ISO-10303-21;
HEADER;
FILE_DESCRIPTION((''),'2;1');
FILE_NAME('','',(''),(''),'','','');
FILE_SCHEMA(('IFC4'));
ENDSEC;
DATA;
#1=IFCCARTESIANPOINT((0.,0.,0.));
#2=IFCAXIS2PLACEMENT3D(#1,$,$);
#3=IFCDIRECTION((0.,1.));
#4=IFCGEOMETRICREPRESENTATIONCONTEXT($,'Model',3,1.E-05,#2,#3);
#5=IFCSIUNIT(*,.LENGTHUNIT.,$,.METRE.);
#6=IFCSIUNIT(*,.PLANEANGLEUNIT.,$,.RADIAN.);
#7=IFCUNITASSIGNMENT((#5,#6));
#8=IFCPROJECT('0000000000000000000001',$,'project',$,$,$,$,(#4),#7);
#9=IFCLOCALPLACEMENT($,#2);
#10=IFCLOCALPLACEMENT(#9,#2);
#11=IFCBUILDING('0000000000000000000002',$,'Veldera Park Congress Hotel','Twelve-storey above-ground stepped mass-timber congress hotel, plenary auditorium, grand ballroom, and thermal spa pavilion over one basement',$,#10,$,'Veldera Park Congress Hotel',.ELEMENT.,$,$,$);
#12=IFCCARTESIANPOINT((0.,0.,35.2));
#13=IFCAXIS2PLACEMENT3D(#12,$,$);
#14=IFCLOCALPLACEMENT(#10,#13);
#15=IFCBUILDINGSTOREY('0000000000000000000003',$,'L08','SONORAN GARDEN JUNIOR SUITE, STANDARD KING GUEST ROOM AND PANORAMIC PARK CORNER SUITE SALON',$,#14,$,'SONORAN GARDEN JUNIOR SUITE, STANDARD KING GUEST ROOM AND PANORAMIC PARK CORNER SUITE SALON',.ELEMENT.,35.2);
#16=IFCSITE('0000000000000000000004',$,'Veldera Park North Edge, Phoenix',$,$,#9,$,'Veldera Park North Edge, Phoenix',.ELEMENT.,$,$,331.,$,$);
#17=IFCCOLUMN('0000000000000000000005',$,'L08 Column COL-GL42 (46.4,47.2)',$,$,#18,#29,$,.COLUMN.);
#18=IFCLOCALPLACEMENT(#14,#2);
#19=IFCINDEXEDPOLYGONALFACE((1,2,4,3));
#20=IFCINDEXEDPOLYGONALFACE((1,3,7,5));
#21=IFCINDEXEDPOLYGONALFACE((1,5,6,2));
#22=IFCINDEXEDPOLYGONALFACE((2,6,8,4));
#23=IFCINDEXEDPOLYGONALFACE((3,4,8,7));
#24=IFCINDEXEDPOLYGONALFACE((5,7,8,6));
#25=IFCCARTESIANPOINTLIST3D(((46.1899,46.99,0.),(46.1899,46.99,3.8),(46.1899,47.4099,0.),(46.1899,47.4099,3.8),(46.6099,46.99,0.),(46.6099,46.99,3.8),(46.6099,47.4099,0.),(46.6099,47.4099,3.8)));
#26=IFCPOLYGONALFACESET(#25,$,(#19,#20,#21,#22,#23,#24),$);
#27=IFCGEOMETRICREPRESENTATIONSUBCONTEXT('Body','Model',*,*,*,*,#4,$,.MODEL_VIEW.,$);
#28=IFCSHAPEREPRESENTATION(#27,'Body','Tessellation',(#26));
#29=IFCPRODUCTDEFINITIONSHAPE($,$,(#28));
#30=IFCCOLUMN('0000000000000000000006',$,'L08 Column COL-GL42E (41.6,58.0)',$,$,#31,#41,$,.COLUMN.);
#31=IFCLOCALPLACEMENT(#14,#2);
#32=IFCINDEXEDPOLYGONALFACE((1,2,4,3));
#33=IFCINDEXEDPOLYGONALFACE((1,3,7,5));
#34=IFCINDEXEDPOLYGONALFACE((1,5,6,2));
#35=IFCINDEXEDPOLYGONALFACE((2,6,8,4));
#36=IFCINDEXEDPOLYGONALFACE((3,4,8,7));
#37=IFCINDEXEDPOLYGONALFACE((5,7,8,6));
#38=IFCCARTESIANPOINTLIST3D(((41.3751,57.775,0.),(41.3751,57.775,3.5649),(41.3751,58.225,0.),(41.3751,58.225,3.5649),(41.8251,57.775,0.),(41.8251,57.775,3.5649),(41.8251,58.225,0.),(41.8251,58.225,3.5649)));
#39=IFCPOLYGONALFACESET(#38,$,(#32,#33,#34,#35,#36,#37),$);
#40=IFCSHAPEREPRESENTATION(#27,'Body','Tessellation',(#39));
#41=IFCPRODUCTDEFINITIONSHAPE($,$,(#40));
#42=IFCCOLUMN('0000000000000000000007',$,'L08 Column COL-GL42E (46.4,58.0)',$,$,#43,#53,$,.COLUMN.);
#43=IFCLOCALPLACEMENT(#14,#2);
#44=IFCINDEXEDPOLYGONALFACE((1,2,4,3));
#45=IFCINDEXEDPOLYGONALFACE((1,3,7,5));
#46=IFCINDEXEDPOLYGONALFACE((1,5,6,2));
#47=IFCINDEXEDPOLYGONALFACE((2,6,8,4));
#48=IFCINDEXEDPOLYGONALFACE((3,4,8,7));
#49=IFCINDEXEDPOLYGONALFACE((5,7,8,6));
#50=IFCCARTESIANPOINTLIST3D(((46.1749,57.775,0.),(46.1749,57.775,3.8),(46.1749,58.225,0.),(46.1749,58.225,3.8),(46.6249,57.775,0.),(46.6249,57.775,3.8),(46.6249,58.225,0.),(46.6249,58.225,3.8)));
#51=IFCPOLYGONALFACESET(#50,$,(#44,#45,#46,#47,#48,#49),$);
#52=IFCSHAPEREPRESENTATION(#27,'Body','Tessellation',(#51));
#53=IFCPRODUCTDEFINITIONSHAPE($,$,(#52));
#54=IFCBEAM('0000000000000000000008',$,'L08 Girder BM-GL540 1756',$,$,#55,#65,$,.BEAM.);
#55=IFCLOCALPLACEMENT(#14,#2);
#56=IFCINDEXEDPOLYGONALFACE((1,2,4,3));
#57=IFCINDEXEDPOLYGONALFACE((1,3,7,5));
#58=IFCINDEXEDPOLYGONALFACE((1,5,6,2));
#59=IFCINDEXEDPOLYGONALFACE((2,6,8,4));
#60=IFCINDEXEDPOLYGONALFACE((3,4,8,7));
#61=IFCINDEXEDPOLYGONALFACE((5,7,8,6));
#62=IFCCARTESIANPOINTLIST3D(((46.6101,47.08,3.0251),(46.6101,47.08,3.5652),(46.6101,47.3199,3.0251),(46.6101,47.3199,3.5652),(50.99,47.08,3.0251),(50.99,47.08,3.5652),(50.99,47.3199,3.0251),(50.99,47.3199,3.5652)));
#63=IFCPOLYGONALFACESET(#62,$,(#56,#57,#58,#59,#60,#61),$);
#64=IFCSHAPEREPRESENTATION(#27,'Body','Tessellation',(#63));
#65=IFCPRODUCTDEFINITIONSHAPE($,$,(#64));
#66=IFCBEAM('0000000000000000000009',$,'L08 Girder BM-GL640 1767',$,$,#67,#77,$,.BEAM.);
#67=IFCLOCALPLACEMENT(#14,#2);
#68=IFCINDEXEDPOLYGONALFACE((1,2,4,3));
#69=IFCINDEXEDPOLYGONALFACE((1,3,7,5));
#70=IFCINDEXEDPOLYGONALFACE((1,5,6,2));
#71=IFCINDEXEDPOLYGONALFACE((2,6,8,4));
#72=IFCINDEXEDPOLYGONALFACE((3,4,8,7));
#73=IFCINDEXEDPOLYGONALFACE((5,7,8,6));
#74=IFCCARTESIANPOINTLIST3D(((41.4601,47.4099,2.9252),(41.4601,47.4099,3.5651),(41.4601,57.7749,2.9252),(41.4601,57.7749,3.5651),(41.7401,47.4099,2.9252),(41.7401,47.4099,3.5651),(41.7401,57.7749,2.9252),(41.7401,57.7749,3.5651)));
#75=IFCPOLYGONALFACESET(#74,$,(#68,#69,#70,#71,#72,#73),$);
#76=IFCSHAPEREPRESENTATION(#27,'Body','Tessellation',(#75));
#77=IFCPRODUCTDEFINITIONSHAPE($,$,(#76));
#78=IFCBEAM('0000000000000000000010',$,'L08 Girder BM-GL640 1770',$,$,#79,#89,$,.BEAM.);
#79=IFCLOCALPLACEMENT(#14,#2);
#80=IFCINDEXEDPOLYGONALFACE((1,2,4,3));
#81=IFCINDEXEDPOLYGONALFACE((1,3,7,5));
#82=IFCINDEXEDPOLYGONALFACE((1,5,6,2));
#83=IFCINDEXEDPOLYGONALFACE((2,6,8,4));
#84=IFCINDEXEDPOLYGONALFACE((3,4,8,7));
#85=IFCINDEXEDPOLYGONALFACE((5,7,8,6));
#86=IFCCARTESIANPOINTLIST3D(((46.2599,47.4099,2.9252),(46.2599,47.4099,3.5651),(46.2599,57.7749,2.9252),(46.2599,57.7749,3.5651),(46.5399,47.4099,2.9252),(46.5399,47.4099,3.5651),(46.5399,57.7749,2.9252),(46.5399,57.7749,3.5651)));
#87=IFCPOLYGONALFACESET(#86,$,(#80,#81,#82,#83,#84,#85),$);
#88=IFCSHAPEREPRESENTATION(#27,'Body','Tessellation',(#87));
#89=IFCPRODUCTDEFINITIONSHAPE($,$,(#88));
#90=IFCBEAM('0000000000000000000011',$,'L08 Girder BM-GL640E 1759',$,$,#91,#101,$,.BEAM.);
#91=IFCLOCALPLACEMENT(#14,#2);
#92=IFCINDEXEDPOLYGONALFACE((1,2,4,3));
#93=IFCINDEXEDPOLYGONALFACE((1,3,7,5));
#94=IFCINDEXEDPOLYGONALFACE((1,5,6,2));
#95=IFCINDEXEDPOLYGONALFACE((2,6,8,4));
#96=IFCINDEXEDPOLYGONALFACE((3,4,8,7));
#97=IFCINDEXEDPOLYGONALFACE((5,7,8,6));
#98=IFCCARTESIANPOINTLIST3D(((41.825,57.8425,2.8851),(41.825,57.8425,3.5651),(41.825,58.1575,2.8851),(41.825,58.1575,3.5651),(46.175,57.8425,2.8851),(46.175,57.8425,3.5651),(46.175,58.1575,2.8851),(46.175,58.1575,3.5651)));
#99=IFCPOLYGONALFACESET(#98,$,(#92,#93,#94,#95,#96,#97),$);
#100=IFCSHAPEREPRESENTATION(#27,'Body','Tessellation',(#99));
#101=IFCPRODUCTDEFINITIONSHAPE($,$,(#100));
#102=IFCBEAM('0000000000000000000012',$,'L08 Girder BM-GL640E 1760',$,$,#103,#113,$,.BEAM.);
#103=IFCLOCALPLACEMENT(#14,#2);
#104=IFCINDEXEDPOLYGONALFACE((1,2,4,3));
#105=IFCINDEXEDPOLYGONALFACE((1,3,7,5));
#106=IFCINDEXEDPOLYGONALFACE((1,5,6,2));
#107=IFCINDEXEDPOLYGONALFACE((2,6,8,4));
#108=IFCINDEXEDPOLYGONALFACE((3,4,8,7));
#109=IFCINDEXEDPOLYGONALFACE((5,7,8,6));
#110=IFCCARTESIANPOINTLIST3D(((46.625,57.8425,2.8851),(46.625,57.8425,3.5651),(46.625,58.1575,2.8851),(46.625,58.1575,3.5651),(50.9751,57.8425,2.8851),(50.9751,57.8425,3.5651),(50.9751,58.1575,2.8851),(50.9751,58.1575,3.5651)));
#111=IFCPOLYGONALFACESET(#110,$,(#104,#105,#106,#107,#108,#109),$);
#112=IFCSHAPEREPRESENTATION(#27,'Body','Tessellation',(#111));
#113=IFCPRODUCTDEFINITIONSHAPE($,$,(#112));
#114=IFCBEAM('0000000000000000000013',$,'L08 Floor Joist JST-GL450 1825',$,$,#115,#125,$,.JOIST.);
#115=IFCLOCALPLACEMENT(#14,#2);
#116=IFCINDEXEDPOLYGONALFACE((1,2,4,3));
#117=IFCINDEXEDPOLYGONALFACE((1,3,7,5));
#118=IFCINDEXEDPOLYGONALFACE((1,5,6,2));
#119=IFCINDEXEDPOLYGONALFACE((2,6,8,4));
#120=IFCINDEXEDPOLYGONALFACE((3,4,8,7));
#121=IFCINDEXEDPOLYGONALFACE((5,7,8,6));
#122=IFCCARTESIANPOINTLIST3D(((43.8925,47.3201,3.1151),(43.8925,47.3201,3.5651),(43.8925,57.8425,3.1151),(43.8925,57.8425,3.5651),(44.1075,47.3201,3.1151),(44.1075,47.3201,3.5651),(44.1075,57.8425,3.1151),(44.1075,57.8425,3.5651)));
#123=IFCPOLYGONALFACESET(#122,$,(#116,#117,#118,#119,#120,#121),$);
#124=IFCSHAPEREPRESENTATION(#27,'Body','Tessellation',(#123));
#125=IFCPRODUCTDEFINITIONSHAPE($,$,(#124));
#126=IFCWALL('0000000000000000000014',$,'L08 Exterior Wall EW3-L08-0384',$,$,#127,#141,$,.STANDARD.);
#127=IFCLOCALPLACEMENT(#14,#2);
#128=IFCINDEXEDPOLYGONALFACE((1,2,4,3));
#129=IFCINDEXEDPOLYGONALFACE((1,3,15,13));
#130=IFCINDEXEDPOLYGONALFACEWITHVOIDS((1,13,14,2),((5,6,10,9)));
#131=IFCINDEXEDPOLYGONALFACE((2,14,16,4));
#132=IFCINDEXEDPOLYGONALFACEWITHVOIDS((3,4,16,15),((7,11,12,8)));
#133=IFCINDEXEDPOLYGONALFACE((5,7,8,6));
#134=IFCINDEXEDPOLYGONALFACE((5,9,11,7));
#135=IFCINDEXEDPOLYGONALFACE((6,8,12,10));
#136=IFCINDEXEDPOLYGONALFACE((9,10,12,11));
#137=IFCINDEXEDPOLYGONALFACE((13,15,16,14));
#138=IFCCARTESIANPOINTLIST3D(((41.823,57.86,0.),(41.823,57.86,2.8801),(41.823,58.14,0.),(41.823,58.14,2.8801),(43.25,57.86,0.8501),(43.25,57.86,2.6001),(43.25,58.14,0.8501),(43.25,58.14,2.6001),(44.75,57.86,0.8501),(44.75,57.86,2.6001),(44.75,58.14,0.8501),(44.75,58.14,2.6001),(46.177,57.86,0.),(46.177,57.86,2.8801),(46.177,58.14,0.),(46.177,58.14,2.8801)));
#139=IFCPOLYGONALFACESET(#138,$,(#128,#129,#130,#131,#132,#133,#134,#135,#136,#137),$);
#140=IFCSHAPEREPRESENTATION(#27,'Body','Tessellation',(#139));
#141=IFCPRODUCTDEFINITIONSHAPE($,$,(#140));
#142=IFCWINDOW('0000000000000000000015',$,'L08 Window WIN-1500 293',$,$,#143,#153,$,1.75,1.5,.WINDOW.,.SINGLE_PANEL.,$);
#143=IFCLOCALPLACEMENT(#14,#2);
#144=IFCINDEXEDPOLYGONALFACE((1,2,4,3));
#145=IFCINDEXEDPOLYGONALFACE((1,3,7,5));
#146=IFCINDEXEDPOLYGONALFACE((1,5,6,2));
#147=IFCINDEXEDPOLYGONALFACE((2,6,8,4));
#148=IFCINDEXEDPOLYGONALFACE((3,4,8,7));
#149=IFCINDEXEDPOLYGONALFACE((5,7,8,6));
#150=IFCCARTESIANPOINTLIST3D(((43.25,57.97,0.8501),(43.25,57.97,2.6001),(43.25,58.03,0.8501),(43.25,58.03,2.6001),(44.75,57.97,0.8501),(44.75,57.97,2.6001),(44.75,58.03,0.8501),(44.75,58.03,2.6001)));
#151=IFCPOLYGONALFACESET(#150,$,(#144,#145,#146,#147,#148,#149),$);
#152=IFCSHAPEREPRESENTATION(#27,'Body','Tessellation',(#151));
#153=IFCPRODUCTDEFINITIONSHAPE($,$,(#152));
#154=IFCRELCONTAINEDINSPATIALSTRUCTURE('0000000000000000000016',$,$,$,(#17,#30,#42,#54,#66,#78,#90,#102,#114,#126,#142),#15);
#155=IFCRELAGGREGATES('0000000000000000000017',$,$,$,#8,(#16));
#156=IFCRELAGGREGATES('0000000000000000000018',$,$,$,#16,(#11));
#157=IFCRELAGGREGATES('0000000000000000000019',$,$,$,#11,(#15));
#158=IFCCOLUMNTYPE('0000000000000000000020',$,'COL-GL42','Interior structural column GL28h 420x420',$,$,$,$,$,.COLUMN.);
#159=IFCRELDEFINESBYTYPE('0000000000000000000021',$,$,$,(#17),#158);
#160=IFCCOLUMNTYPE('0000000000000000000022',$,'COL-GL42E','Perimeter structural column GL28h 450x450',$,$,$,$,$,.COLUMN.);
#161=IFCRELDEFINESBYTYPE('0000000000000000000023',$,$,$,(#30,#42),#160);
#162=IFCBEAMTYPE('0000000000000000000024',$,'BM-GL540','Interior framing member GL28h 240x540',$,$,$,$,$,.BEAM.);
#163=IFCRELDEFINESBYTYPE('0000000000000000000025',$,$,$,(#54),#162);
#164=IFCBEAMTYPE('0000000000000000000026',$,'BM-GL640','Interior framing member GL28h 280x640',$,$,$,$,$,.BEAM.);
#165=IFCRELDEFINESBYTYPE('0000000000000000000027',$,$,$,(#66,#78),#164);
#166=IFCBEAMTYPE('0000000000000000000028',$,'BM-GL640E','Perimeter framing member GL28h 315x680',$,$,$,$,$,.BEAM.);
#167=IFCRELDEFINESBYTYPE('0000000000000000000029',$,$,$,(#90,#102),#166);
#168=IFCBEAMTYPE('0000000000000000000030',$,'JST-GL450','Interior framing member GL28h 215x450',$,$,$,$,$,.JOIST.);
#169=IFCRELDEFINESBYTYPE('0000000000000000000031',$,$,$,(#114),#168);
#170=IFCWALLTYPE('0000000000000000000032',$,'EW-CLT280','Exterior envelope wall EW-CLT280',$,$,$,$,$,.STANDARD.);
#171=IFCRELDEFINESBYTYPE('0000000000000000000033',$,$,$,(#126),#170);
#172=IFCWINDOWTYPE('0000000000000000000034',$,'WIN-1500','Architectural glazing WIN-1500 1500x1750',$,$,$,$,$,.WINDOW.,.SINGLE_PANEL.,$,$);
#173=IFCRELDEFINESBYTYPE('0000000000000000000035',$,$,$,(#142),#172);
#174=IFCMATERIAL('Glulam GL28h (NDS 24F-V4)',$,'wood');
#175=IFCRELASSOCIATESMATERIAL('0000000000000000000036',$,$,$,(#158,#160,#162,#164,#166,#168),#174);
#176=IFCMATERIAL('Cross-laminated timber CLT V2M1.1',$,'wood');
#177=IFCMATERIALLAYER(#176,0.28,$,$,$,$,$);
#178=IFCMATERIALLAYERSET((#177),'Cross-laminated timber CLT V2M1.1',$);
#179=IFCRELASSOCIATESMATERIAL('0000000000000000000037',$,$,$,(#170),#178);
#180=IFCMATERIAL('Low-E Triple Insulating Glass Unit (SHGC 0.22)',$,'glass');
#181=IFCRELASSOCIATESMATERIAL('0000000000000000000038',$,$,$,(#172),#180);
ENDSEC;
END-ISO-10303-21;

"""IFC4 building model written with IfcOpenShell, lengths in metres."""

from ifc_helpers import new_model, si_unit, direction, frame, frame_2d, origin, origin_2d, place, context, subcontext, project, spatial, rectangle, extrude, material, layer, layer_set, material_profile, profile_set, type_object, element, fill, save


model = new_model("IFC4")

# Units and contexts
model_context = context("Model", 3, precision=1e-05, world=origin(), true_north=direction((0.0, 1.0)))
body_context = subcontext(model_context, "Body", "Model", "MODEL_VIEW")
ifc_project = project(units=[si_unit("LENGTHUNIT", "METRE"), si_unit("PLANEANGLEUNIT", "RADIAN")], contexts=[model_context])

# Site, building, storey
site_placement = place(None, origin())
site = spatial("IfcSite", under=ifc_project, at=site_placement, Name="Veldera Park North Edge, Phoenix", LongName="Veldera Park North Edge, Phoenix", CompositionType="ELEMENT", RefElevation=331.0)
building_placement = place(site_placement, origin())
building = spatial("IfcBuilding", under=site, at=building_placement, Name="Veldera Park Congress Hotel", Description="Twelve-storey above-ground stepped mass-timber congress hotel, plenary auditorium, grand ballroom, and thermal spa pavilion over one basement", LongName="Veldera Park Congress Hotel", CompositionType="ELEMENT")
storey_placement = place(building_placement, frame((0.0, 0.0, 35.2)))
storey = spatial("IfcBuildingStorey", under=building, at=storey_placement, Name="L08", Description="SONORAN GARDEN JUNIOR SUITE, STANDARD KING GUEST ROOM AND PANORAMIC PARK CORNER SUITE SALON", LongName="SONORAN GARDEN JUNIOR SUITE, STANDARD KING GUEST ROOM AND PANORAMIC PARK CORNER SUITE SALON", CompositionType="ELEMENT", Elevation=35.2)

# Columns
ifc_material_1 = material(Name="Glulam GL28h (NDS 24F-V4)", Category="wood")
ifc_material_profile_1 = material_profile(ifc_material_1, rectangle(XDim=0.4199, YDim=0.4199, at=origin_2d()), Name="GL28h 420x420")
ifc_profile_set_1 = profile_set([ifc_material_profile_1], Name="Glulam GL28h (NDS 24F-V4)")
column_type_1 = type_object("IfcColumnType", Name="COL-GL42", Description="Interior structural column GL28h 420x420", PredefinedType="COLUMN", material=ifc_profile_set_1)
column_1_placement = place(storey_placement, frame((46.3999, 47.2, 0.0), z_axis=(0.0, 0.0, 1.0), x_axis=(1.0, 0.0, 0.0)))
element("IfcColumn", 1, at=column_1_placement, inside=storey, type_object=column_type_1, Name="L08 Column COL-GL42 (46.4,47.2)", PredefinedType="COLUMN", context=body_context, shape_type="SweptSolid", body=[
    extrude(rectangle(XDim=0.4199, YDim=0.4199, at=origin_2d()), origin(), (0.0, 0.0, 1.0), 3.8),
])
ifc_material_profile_2 = material_profile(ifc_material_1, rectangle(XDim=0.45, YDim=0.45, at=origin_2d()), Name="GL28h 450x450")
ifc_profile_set_2 = profile_set([ifc_material_profile_2], Name="Glulam GL28h (NDS 24F-V4)")
column_type_2 = type_object("IfcColumnType", Name="COL-GL42E", Description="Perimeter structural column GL28h 450x450", PredefinedType="COLUMN", material=ifc_profile_set_2)
column_2_placement = place(storey_placement, frame((41.6001, 58.0, 0.0), z_axis=(0.0, 0.0, 1.0), x_axis=(1.0, 0.0, 0.0)))
element("IfcColumn", 2, at=column_2_placement, inside=storey, type_object=column_type_2, Name="L08 Column COL-GL42E (41.6,58.0)", PredefinedType="COLUMN", context=body_context, shape_type="SweptSolid", body=[
    extrude(rectangle(XDim=0.45, YDim=0.45, at=origin_2d()), origin(), (0.0, 0.0, 1.0), 3.5649),
])
column_3_placement = place(storey_placement, frame((46.3999, 58.0, 0.0), z_axis=(0.0, 0.0, 1.0), x_axis=(1.0, 0.0, 0.0)))
element("IfcColumn", 3, at=column_3_placement, inside=storey, type_object=column_type_2, Name="L08 Column COL-GL42E (46.4,58.0)", PredefinedType="COLUMN", context=body_context, shape_type="SweptSolid", body=[
    extrude(rectangle(XDim=0.45, YDim=0.45, at=origin_2d()), origin(), (0.0, 0.0, 1.0), 3.8),
])

# Beams
ifc_material_profile_3 = material_profile(ifc_material_1, rectangle(XDim=0.24, YDim=0.54, at=origin_2d()), Name="GL28h 240x540")
ifc_profile_set_3 = profile_set([ifc_material_profile_3], Name="Glulam GL28h (NDS 24F-V4)")
beam_type_1 = type_object("IfcBeamType", Name="BM-GL540", Description="Interior framing member GL28h 240x540", PredefinedType="BEAM", material=ifc_profile_set_3)
beam_1_placement = place(storey_placement, frame((46.6101, 47.2, 3.2952), z_axis=(1.0, 0.0, 0.0), x_axis=(0.0, 1.0, 0.0)))
element("IfcBeam", 4, at=beam_1_placement, inside=storey, type_object=beam_type_1, Name="L08 Girder BM-GL540 1756", PredefinedType="BEAM", context=body_context, shape_type="SweptSolid", body=[
    extrude(rectangle(XDim=0.24, YDim=0.54, at=origin_2d()), origin(), (0.0, 0.0, 1.0), 4.3799),
])
ifc_material_profile_4 = material_profile(ifc_material_1, rectangle(XDim=0.28, YDim=0.6399, at=origin_2d()), Name="GL28h 280x640")
ifc_profile_set_4 = profile_set([ifc_material_profile_4], Name="Glulam GL28h (NDS 24F-V4)")
beam_type_2 = type_object("IfcBeamType", Name="BM-GL640", Description="Interior framing member GL28h 280x640", PredefinedType="BEAM", material=ifc_profile_set_4)
for number, where, z_axis, x_axis, name in (
    (5, (41.6001, 47.4099, 3.2451), (0.0, 1.0, 0.0), (-1.0, 0.0, 0.0), "L08 Girder BM-GL640 1767"),
    (6, (46.3999, 47.4099, 3.2451), (0.0, 1.0, 0.0), (-1.0, 0.0, 0.0), "L08 Girder BM-GL640 1770"),
):
    element("IfcBeam", number, at=place(storey_placement, frame(where, z_axis=z_axis, x_axis=x_axis)), inside=storey, type_object=beam_type_2, Name=name, PredefinedType="BEAM", context=body_context, shape_type="SweptSolid", body=[
        extrude(rectangle(XDim=0.28, YDim=0.6399, at=origin_2d()), origin(), (0.0, 0.0, 1.0), 10.365),
    ])
ifc_material_profile_5 = material_profile(ifc_material_1, rectangle(XDim=0.3149, YDim=0.6799, at=origin_2d()), Name="GL28h 315x680")
ifc_profile_set_5 = profile_set([ifc_material_profile_5], Name="Glulam GL28h (NDS 24F-V4)")
beam_type_3 = type_object("IfcBeamType", Name="BM-GL640E", Description="Perimeter framing member GL28h 315x680", PredefinedType="BEAM", material=ifc_profile_set_5)
for number, where, z_axis, x_axis, name in (
    (7, (41.825, 58.0, 3.2251), (1.0, 0.0, 0.0), (0.0, 1.0, 0.0), "L08 Girder BM-GL640E 1759"),
    (8, (46.625, 58.0, 3.2251), (1.0, 0.0, 0.0), (0.0, 1.0, 0.0), "L08 Girder BM-GL640E 1760"),
):
    element("IfcBeam", number, at=place(storey_placement, frame(where, z_axis=z_axis, x_axis=x_axis)), inside=storey, type_object=beam_type_3, Name=name, PredefinedType="BEAM", context=body_context, shape_type="SweptSolid", body=[
        extrude(rectangle(XDim=0.3149, YDim=0.6799, at=origin_2d()), origin(), (0.0, 0.0, 1.0), 4.3501),
    ])
ifc_material_profile_6 = material_profile(ifc_material_1, rectangle(XDim=0.2151, YDim=0.45, at=origin_2d()), Name="GL28h 215x450")
ifc_profile_set_6 = profile_set([ifc_material_profile_6], Name="Glulam GL28h (NDS 24F-V4)")
beam_type_4 = type_object("IfcBeamType", Name="JST-GL450", Description="Interior framing member GL28h 215x450", PredefinedType="JOIST", material=ifc_profile_set_6)
beam_2_placement = place(storey_placement, frame((44.0, 47.3201, 3.3401), z_axis=(0.0, 1.0, 0.0), x_axis=(-1.0, 0.0, 0.0)))
element("IfcBeam", 9, at=beam_2_placement, inside=storey, type_object=beam_type_4, Name="L08 Floor Joist JST-GL450 1825", PredefinedType="JOIST", context=body_context, shape_type="SweptSolid", body=[
    extrude(rectangle(XDim=0.2151, YDim=0.45, at=origin_2d()), origin(), (0.0, 0.0, 1.0), 10.5225),
])

# Wall, opening, window
ifc_material_2 = material(Name="Cross-laminated timber CLT V2M1.1", Category="wood")
ifc_layer = layer(ifc_material_2, 0.28)
ifc_layer_set = layer_set([ifc_layer], Name="Cross-laminated timber CLT V2M1.1")
wall_type = type_object("IfcWallType", Name="EW-CLT280", Description="Exterior envelope wall EW-CLT280", PredefinedType="STANDARD", material=ifc_layer_set)
wall_1_placement = place(storey_placement, frame((46.177, 58.0, 0.0), z_axis=(0.0, 0.0, 1.0), x_axis=(-1.0, 0.0, 0.0)))
wall_1 = element("IfcWall", 10, at=wall_1_placement, inside=storey, type_object=wall_type, Name="L08 Exterior Wall EW3-L08-0384", PredefinedType="STANDARD", context=body_context, shape_type="SweptSolid", body=[
    extrude(rectangle(XDim=4.354, YDim=0.28, at=frame_2d((2.177, 0.0))), origin(), (0.0, 0.0, 1.0), 2.8801),
])
opening_1_placement = place(wall_1_placement, frame((1.427, 0.0, 0.8501)))
opening_1 = element("IfcOpeningElement", 11, at=opening_1_placement, cuts=wall_1, PredefinedType="OPENING", context=body_context, shape_type="SweptSolid", body=[
    extrude(rectangle(XDim=1.5, YDim=1.75, at=frame_2d((0.75, 0.875))), frame((0.0, 0.1521, 0.0), z_axis=(0.0, -1.0, 0.0), x_axis=(1.0, 0.0, 0.0)), (0.0, 0.0, 1.0), 0.304),
])
ifc_material_3 = material(Name="Low-E Triple Insulating Glass Unit (SHGC 0.22)", Category="glass")
window_type_1 = type_object("IfcWindowType", Name="WIN-1500", Description="Architectural glazing WIN-1500 1500x1750", PartitioningType="SINGLE_PANEL", PredefinedType="WINDOW", material=ifc_material_3)
window_1_placement = place(opening_1_placement, origin())
window_1 = element("IfcWindow", 12, at=window_1_placement, inside=storey, type_object=window_type_1, Name="L08 Window WIN-1500 293", OverallHeight=1.75, OverallWidth=1.5, PartitioningType="SINGLE_PANEL", PredefinedType="WINDOW", context=body_context, shape_type="SweptSolid", body=[
    extrude(rectangle(XDim=1.5, YDim=1.75, at=frame_2d((0.75, 0.875))), frame((0.0, 0.03, 0.0), z_axis=(0.0, -1.0, 0.0), x_axis=(1.0, 0.0, 0.0)), (0.0, 0.0, 1.0), 0.0601),
])
fill(opening_1, window_1)

save(model, "model.ifc")
